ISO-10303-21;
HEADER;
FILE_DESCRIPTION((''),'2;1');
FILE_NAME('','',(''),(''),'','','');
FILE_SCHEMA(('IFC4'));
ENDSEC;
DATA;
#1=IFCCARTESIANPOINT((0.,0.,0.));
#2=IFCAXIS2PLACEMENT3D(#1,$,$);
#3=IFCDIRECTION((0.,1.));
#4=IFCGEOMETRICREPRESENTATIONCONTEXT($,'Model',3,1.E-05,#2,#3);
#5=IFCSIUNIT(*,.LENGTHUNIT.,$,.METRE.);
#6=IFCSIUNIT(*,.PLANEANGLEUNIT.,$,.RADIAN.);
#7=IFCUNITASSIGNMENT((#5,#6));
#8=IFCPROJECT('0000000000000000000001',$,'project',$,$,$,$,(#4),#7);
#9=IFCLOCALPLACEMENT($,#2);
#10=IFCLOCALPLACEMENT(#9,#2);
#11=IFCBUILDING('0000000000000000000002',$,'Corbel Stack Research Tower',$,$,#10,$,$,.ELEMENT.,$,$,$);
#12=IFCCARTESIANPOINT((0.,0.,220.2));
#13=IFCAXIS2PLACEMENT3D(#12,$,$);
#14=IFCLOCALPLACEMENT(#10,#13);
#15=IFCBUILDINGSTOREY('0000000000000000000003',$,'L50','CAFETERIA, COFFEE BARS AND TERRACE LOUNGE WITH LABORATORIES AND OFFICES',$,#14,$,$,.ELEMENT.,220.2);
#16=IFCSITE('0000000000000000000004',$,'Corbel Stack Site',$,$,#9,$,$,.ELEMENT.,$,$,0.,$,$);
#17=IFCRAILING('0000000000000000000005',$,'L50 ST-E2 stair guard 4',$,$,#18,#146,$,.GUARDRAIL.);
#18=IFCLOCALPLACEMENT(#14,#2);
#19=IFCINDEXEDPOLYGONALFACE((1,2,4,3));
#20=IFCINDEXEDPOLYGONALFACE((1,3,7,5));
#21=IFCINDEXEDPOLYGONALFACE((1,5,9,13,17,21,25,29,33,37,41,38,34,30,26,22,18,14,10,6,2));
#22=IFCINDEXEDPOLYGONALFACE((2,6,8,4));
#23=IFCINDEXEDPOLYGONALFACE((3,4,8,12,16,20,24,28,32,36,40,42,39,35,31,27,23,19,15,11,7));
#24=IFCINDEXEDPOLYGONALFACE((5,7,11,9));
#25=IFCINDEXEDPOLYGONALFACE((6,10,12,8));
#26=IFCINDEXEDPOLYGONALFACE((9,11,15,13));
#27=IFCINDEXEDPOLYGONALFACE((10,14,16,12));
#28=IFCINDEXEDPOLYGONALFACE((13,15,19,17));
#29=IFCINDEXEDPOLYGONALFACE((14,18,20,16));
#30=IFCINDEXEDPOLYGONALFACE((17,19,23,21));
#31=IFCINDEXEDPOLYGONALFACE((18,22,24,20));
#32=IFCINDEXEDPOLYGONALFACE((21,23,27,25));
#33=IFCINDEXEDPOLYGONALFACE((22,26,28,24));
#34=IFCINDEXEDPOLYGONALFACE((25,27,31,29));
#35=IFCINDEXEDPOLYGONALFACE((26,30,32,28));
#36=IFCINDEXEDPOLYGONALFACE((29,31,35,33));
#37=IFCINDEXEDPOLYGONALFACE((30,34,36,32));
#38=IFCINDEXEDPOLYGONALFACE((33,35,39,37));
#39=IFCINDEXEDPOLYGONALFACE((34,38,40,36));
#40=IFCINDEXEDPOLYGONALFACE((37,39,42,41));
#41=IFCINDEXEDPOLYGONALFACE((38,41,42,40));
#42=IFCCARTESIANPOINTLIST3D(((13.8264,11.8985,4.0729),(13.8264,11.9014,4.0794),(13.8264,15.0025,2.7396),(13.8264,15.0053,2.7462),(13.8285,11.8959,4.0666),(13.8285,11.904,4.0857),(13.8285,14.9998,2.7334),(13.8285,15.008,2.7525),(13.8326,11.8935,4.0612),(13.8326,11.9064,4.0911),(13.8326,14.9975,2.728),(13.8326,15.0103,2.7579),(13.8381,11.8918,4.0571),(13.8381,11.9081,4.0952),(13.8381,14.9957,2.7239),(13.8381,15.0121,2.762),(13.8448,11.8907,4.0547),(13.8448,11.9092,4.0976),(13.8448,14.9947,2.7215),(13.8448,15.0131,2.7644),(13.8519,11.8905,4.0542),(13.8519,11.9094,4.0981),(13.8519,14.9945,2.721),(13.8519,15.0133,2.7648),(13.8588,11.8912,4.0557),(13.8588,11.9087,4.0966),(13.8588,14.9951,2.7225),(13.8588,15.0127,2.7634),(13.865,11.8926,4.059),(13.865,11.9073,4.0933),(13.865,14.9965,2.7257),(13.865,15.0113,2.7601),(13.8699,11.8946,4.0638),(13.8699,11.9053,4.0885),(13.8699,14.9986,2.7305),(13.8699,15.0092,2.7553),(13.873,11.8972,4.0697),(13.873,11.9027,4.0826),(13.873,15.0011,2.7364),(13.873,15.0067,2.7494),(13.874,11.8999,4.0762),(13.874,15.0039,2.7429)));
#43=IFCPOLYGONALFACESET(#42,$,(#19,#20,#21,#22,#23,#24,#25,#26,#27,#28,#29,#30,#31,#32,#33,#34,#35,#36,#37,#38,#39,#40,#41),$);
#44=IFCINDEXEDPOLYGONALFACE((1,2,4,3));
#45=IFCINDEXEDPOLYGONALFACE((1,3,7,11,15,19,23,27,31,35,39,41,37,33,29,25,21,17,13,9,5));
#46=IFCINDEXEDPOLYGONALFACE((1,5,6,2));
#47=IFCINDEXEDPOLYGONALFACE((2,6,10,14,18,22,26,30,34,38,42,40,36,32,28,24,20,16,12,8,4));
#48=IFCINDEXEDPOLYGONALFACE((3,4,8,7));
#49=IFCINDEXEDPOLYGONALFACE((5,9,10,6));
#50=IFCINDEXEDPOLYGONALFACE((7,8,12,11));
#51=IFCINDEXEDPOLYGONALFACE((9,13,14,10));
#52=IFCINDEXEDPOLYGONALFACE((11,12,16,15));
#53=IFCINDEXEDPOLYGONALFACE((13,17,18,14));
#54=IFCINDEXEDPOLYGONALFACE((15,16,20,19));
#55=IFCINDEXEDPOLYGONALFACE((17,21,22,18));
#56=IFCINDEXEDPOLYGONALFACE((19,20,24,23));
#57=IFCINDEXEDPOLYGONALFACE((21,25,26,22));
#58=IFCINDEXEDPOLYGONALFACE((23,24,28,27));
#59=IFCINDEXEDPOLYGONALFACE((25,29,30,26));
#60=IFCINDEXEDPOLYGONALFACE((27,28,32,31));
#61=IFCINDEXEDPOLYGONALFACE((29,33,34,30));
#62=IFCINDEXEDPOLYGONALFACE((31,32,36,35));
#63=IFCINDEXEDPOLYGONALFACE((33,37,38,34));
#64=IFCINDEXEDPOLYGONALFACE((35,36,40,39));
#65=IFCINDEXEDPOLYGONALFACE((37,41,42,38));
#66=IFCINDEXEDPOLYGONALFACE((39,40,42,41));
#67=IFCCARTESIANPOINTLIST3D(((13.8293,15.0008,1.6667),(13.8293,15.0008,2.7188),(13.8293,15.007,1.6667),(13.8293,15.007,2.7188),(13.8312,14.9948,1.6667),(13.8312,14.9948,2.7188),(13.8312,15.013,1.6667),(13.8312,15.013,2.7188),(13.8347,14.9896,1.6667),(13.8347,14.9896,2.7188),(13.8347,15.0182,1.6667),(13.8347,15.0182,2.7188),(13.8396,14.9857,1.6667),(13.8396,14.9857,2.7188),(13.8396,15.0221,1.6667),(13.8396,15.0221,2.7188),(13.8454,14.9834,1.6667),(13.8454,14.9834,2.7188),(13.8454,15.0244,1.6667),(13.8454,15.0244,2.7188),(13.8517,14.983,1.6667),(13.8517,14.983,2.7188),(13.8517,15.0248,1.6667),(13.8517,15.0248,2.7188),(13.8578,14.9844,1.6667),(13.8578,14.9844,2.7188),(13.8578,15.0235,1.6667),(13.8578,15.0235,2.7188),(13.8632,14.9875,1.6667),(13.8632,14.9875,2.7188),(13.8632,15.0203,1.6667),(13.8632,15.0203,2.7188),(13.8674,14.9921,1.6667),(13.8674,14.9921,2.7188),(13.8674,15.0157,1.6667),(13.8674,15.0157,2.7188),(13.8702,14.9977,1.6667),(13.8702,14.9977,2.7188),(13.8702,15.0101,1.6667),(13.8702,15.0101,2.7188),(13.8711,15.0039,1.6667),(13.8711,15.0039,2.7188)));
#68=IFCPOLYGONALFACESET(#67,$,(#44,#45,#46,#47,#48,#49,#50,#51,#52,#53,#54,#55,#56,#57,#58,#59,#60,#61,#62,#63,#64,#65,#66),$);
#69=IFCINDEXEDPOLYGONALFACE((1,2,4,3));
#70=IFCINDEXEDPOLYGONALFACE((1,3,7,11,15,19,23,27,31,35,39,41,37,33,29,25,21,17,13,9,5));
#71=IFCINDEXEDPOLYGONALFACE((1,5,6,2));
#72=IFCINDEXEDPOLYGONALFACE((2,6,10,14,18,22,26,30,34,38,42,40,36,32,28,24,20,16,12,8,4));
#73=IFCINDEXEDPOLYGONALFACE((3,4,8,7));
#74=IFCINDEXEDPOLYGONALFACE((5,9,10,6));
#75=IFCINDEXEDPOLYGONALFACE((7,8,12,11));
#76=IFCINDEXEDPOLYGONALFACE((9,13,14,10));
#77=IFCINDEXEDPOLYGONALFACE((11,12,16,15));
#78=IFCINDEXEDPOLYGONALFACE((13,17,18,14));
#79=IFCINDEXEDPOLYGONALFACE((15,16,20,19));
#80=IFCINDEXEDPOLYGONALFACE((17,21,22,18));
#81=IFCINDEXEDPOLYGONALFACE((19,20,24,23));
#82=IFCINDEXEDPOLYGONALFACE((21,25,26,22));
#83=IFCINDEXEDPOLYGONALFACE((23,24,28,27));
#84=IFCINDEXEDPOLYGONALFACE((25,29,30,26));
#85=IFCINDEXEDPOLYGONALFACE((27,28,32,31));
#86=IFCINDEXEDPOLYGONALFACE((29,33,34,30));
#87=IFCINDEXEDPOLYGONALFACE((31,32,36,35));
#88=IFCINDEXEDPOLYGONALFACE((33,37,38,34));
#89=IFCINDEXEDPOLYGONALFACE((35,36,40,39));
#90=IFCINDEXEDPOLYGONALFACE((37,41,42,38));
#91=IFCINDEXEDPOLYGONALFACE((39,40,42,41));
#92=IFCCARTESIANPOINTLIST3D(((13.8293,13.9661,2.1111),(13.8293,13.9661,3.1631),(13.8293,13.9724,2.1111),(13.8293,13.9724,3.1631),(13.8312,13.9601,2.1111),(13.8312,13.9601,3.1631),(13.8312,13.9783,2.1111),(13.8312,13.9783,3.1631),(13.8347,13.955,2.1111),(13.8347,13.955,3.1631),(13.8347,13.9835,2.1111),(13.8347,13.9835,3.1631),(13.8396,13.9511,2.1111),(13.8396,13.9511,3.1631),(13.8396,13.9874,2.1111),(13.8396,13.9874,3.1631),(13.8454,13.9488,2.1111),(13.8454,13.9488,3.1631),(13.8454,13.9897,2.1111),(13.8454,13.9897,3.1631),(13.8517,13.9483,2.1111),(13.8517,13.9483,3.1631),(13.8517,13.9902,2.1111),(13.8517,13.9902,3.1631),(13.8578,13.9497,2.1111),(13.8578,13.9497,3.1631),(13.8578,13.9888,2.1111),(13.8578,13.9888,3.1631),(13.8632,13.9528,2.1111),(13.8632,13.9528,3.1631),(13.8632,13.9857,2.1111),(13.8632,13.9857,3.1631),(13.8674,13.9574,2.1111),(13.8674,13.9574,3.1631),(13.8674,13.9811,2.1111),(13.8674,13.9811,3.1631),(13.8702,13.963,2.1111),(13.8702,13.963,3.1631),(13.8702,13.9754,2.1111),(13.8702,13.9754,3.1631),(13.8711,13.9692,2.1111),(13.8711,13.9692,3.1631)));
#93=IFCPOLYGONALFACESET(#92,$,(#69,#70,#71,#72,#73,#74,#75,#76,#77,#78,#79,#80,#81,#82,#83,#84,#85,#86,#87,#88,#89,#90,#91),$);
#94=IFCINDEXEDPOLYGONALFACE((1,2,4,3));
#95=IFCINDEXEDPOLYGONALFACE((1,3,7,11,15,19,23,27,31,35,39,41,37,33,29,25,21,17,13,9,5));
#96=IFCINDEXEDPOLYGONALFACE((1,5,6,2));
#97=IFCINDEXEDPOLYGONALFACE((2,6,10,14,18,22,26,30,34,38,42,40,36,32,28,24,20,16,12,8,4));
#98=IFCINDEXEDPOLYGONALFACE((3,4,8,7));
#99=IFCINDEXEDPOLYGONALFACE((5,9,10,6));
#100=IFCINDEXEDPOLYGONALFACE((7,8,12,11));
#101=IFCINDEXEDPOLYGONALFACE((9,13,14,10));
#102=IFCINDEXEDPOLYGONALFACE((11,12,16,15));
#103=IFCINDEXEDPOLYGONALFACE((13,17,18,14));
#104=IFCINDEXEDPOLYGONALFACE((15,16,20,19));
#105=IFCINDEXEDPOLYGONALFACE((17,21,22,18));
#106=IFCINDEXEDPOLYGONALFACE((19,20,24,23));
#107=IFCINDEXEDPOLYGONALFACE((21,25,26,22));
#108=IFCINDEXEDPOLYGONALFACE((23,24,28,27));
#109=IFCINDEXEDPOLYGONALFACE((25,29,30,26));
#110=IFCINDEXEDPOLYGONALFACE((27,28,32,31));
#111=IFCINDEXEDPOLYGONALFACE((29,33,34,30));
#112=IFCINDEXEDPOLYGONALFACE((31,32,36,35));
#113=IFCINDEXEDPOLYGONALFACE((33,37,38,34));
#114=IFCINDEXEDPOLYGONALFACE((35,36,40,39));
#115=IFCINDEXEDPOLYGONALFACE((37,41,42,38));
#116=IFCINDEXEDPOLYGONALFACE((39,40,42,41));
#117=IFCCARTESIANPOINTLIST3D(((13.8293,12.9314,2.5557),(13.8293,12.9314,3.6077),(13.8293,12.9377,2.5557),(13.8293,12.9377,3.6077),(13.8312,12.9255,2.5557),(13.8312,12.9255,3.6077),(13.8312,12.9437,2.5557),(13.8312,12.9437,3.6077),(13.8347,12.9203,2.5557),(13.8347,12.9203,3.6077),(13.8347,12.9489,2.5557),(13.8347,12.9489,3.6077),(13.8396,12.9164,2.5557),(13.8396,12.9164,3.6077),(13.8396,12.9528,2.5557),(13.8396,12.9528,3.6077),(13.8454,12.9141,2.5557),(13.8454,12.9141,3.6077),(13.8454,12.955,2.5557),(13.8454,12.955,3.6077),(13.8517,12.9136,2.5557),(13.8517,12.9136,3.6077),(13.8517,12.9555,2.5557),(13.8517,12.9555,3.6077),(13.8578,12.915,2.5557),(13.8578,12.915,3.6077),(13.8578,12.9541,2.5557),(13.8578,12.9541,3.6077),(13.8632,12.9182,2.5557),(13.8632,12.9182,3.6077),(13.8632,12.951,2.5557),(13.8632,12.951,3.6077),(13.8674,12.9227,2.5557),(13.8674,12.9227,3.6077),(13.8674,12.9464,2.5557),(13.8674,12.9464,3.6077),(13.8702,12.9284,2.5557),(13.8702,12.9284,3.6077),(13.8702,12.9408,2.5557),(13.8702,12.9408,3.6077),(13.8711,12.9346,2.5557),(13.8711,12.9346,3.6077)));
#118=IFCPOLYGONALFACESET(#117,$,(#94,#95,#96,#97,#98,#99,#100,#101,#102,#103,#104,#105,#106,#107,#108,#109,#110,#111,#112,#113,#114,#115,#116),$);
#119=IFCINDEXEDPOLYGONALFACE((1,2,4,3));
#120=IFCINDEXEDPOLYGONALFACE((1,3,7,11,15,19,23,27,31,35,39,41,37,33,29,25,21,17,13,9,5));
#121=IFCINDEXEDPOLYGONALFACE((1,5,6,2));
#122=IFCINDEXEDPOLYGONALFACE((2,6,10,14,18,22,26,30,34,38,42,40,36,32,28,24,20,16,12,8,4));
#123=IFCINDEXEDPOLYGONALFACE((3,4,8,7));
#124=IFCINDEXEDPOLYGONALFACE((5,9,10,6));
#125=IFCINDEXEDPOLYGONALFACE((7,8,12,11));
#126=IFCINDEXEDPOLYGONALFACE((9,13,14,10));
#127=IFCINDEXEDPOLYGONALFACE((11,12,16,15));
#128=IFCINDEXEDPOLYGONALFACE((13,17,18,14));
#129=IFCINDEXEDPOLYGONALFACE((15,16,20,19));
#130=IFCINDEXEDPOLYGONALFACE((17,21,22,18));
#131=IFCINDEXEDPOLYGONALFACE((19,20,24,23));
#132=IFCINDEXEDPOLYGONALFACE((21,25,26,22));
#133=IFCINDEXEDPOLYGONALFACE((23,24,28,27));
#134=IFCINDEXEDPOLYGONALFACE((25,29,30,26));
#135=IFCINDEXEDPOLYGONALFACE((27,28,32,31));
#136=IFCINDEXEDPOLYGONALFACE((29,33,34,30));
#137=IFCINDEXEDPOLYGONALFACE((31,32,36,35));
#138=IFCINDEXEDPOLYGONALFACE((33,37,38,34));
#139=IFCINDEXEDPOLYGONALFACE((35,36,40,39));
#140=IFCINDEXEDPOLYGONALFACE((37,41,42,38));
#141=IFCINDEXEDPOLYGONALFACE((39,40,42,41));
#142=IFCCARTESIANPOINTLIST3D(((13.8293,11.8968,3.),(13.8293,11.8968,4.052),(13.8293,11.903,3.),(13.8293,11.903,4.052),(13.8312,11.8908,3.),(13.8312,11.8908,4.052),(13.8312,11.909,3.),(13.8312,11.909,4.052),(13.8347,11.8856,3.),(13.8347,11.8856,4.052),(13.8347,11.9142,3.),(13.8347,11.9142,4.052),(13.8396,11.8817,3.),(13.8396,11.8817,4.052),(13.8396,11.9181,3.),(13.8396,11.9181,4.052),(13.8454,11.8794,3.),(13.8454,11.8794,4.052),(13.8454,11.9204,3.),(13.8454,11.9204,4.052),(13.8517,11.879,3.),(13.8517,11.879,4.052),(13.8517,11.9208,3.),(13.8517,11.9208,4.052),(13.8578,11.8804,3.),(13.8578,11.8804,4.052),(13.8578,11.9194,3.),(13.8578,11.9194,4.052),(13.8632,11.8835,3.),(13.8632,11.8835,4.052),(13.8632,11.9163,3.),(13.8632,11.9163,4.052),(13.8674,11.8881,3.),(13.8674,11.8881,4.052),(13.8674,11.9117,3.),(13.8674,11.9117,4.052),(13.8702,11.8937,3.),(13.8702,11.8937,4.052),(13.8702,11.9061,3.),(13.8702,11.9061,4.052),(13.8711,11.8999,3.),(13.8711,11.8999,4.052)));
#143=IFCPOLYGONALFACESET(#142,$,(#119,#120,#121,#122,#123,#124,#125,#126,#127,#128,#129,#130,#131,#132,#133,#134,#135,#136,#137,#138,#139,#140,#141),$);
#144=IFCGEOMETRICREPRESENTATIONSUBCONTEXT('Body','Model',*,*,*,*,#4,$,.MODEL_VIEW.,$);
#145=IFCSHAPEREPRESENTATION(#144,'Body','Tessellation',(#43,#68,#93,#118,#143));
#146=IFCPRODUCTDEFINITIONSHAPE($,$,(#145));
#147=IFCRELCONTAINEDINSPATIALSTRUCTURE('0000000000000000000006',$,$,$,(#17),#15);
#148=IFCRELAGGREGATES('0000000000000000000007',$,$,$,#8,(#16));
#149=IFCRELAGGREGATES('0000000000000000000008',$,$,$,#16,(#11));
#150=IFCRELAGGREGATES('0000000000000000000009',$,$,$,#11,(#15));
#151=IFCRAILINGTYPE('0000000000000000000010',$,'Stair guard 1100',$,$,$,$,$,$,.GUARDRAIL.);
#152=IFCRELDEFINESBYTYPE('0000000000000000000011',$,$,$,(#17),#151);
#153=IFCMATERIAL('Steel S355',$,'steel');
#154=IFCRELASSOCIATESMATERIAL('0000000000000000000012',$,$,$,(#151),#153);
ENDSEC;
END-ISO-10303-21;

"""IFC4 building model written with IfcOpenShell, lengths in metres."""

from ifc_helpers import new_model, si_unit, direction, frame, origin, origin_2d, place, context, subcontext, project, spatial, circle, extrude, material, type_object, element, save


model = new_model("IFC4")

# Units and contexts
model_context = context("Model", 3, precision=1e-05, world=origin(), true_north=direction((0.0, 1.0)))
body_context = subcontext(model_context, "Body", "Model", "MODEL_VIEW")
ifc_project = project(units=[si_unit("LENGTHUNIT", "METRE"), si_unit("PLANEANGLEUNIT", "RADIAN")], contexts=[model_context])

# Site, building, storey
site_placement = place(None, origin())
site = spatial("IfcSite", under=ifc_project, at=site_placement, Name="Corbel Stack Site", CompositionType="ELEMENT", RefElevation=0.0)
building_placement = place(site_placement, origin())
building = spatial("IfcBuilding", under=site, at=building_placement, Name="Corbel Stack Research Tower", CompositionType="ELEMENT")
storey_placement = place(building_placement, frame((0.0, 0.0, 220.2)))
storey = spatial("IfcBuildingStorey", under=building, at=storey_placement, Name="L50", Description="CAFETERIA, COFFEE BARS AND TERRACE LOUNGE WITH LABORATORIES AND OFFICES", CompositionType="ELEMENT", Elevation=220.2)

# Railing
ifc_material_1 = material(Name="Steel S355", Category="steel")
railing_type_1 = type_object("IfcRailingType", Name="Stair guard 1100", PredefinedType="GUARDRAIL", material=ifc_material_1)
railing_1_placement = place(storey_placement, frame((13.8501, 15.0039, 1.6667)))
element("IfcRailing", 1, at=railing_1_placement, inside=storey, type_object=railing_type_1, Name="L50 ST-E2 stair guard 4", PredefinedType="GUARDRAIL", context=body_context, shape_type="SweptSolid", body=[
    extrude(circle(Radius=0.0239, at=origin_2d()), frame((0.0, 0.0, 1.0762), z_axis=(0.0, -0.918827, 0.394661), x_axis=(1.0, 0.0, 0.0)), (0.0, 0.0, 1.0), 3.3782),
    extrude(circle(Radius=0.021, at=origin_2d()), origin(), (0.0, 0.0, 1.0), 1.052),
    extrude(circle(Radius=0.021, at=origin_2d()), frame((0.0, -1.0347, 0.4443)), (0.0, 0.0, 1.0), 1.052),
    extrude(circle(Radius=0.021, at=origin_2d()), frame((0.0, -2.0693, 0.8889)), (0.0, 0.0, 1.0), 1.052),
    extrude(circle(Radius=0.021, at=origin_2d()), frame((0.0, -3.104, 1.3333)), (0.0, 0.0, 1.0), 1.052),
])

save(model, "model.ifc")
